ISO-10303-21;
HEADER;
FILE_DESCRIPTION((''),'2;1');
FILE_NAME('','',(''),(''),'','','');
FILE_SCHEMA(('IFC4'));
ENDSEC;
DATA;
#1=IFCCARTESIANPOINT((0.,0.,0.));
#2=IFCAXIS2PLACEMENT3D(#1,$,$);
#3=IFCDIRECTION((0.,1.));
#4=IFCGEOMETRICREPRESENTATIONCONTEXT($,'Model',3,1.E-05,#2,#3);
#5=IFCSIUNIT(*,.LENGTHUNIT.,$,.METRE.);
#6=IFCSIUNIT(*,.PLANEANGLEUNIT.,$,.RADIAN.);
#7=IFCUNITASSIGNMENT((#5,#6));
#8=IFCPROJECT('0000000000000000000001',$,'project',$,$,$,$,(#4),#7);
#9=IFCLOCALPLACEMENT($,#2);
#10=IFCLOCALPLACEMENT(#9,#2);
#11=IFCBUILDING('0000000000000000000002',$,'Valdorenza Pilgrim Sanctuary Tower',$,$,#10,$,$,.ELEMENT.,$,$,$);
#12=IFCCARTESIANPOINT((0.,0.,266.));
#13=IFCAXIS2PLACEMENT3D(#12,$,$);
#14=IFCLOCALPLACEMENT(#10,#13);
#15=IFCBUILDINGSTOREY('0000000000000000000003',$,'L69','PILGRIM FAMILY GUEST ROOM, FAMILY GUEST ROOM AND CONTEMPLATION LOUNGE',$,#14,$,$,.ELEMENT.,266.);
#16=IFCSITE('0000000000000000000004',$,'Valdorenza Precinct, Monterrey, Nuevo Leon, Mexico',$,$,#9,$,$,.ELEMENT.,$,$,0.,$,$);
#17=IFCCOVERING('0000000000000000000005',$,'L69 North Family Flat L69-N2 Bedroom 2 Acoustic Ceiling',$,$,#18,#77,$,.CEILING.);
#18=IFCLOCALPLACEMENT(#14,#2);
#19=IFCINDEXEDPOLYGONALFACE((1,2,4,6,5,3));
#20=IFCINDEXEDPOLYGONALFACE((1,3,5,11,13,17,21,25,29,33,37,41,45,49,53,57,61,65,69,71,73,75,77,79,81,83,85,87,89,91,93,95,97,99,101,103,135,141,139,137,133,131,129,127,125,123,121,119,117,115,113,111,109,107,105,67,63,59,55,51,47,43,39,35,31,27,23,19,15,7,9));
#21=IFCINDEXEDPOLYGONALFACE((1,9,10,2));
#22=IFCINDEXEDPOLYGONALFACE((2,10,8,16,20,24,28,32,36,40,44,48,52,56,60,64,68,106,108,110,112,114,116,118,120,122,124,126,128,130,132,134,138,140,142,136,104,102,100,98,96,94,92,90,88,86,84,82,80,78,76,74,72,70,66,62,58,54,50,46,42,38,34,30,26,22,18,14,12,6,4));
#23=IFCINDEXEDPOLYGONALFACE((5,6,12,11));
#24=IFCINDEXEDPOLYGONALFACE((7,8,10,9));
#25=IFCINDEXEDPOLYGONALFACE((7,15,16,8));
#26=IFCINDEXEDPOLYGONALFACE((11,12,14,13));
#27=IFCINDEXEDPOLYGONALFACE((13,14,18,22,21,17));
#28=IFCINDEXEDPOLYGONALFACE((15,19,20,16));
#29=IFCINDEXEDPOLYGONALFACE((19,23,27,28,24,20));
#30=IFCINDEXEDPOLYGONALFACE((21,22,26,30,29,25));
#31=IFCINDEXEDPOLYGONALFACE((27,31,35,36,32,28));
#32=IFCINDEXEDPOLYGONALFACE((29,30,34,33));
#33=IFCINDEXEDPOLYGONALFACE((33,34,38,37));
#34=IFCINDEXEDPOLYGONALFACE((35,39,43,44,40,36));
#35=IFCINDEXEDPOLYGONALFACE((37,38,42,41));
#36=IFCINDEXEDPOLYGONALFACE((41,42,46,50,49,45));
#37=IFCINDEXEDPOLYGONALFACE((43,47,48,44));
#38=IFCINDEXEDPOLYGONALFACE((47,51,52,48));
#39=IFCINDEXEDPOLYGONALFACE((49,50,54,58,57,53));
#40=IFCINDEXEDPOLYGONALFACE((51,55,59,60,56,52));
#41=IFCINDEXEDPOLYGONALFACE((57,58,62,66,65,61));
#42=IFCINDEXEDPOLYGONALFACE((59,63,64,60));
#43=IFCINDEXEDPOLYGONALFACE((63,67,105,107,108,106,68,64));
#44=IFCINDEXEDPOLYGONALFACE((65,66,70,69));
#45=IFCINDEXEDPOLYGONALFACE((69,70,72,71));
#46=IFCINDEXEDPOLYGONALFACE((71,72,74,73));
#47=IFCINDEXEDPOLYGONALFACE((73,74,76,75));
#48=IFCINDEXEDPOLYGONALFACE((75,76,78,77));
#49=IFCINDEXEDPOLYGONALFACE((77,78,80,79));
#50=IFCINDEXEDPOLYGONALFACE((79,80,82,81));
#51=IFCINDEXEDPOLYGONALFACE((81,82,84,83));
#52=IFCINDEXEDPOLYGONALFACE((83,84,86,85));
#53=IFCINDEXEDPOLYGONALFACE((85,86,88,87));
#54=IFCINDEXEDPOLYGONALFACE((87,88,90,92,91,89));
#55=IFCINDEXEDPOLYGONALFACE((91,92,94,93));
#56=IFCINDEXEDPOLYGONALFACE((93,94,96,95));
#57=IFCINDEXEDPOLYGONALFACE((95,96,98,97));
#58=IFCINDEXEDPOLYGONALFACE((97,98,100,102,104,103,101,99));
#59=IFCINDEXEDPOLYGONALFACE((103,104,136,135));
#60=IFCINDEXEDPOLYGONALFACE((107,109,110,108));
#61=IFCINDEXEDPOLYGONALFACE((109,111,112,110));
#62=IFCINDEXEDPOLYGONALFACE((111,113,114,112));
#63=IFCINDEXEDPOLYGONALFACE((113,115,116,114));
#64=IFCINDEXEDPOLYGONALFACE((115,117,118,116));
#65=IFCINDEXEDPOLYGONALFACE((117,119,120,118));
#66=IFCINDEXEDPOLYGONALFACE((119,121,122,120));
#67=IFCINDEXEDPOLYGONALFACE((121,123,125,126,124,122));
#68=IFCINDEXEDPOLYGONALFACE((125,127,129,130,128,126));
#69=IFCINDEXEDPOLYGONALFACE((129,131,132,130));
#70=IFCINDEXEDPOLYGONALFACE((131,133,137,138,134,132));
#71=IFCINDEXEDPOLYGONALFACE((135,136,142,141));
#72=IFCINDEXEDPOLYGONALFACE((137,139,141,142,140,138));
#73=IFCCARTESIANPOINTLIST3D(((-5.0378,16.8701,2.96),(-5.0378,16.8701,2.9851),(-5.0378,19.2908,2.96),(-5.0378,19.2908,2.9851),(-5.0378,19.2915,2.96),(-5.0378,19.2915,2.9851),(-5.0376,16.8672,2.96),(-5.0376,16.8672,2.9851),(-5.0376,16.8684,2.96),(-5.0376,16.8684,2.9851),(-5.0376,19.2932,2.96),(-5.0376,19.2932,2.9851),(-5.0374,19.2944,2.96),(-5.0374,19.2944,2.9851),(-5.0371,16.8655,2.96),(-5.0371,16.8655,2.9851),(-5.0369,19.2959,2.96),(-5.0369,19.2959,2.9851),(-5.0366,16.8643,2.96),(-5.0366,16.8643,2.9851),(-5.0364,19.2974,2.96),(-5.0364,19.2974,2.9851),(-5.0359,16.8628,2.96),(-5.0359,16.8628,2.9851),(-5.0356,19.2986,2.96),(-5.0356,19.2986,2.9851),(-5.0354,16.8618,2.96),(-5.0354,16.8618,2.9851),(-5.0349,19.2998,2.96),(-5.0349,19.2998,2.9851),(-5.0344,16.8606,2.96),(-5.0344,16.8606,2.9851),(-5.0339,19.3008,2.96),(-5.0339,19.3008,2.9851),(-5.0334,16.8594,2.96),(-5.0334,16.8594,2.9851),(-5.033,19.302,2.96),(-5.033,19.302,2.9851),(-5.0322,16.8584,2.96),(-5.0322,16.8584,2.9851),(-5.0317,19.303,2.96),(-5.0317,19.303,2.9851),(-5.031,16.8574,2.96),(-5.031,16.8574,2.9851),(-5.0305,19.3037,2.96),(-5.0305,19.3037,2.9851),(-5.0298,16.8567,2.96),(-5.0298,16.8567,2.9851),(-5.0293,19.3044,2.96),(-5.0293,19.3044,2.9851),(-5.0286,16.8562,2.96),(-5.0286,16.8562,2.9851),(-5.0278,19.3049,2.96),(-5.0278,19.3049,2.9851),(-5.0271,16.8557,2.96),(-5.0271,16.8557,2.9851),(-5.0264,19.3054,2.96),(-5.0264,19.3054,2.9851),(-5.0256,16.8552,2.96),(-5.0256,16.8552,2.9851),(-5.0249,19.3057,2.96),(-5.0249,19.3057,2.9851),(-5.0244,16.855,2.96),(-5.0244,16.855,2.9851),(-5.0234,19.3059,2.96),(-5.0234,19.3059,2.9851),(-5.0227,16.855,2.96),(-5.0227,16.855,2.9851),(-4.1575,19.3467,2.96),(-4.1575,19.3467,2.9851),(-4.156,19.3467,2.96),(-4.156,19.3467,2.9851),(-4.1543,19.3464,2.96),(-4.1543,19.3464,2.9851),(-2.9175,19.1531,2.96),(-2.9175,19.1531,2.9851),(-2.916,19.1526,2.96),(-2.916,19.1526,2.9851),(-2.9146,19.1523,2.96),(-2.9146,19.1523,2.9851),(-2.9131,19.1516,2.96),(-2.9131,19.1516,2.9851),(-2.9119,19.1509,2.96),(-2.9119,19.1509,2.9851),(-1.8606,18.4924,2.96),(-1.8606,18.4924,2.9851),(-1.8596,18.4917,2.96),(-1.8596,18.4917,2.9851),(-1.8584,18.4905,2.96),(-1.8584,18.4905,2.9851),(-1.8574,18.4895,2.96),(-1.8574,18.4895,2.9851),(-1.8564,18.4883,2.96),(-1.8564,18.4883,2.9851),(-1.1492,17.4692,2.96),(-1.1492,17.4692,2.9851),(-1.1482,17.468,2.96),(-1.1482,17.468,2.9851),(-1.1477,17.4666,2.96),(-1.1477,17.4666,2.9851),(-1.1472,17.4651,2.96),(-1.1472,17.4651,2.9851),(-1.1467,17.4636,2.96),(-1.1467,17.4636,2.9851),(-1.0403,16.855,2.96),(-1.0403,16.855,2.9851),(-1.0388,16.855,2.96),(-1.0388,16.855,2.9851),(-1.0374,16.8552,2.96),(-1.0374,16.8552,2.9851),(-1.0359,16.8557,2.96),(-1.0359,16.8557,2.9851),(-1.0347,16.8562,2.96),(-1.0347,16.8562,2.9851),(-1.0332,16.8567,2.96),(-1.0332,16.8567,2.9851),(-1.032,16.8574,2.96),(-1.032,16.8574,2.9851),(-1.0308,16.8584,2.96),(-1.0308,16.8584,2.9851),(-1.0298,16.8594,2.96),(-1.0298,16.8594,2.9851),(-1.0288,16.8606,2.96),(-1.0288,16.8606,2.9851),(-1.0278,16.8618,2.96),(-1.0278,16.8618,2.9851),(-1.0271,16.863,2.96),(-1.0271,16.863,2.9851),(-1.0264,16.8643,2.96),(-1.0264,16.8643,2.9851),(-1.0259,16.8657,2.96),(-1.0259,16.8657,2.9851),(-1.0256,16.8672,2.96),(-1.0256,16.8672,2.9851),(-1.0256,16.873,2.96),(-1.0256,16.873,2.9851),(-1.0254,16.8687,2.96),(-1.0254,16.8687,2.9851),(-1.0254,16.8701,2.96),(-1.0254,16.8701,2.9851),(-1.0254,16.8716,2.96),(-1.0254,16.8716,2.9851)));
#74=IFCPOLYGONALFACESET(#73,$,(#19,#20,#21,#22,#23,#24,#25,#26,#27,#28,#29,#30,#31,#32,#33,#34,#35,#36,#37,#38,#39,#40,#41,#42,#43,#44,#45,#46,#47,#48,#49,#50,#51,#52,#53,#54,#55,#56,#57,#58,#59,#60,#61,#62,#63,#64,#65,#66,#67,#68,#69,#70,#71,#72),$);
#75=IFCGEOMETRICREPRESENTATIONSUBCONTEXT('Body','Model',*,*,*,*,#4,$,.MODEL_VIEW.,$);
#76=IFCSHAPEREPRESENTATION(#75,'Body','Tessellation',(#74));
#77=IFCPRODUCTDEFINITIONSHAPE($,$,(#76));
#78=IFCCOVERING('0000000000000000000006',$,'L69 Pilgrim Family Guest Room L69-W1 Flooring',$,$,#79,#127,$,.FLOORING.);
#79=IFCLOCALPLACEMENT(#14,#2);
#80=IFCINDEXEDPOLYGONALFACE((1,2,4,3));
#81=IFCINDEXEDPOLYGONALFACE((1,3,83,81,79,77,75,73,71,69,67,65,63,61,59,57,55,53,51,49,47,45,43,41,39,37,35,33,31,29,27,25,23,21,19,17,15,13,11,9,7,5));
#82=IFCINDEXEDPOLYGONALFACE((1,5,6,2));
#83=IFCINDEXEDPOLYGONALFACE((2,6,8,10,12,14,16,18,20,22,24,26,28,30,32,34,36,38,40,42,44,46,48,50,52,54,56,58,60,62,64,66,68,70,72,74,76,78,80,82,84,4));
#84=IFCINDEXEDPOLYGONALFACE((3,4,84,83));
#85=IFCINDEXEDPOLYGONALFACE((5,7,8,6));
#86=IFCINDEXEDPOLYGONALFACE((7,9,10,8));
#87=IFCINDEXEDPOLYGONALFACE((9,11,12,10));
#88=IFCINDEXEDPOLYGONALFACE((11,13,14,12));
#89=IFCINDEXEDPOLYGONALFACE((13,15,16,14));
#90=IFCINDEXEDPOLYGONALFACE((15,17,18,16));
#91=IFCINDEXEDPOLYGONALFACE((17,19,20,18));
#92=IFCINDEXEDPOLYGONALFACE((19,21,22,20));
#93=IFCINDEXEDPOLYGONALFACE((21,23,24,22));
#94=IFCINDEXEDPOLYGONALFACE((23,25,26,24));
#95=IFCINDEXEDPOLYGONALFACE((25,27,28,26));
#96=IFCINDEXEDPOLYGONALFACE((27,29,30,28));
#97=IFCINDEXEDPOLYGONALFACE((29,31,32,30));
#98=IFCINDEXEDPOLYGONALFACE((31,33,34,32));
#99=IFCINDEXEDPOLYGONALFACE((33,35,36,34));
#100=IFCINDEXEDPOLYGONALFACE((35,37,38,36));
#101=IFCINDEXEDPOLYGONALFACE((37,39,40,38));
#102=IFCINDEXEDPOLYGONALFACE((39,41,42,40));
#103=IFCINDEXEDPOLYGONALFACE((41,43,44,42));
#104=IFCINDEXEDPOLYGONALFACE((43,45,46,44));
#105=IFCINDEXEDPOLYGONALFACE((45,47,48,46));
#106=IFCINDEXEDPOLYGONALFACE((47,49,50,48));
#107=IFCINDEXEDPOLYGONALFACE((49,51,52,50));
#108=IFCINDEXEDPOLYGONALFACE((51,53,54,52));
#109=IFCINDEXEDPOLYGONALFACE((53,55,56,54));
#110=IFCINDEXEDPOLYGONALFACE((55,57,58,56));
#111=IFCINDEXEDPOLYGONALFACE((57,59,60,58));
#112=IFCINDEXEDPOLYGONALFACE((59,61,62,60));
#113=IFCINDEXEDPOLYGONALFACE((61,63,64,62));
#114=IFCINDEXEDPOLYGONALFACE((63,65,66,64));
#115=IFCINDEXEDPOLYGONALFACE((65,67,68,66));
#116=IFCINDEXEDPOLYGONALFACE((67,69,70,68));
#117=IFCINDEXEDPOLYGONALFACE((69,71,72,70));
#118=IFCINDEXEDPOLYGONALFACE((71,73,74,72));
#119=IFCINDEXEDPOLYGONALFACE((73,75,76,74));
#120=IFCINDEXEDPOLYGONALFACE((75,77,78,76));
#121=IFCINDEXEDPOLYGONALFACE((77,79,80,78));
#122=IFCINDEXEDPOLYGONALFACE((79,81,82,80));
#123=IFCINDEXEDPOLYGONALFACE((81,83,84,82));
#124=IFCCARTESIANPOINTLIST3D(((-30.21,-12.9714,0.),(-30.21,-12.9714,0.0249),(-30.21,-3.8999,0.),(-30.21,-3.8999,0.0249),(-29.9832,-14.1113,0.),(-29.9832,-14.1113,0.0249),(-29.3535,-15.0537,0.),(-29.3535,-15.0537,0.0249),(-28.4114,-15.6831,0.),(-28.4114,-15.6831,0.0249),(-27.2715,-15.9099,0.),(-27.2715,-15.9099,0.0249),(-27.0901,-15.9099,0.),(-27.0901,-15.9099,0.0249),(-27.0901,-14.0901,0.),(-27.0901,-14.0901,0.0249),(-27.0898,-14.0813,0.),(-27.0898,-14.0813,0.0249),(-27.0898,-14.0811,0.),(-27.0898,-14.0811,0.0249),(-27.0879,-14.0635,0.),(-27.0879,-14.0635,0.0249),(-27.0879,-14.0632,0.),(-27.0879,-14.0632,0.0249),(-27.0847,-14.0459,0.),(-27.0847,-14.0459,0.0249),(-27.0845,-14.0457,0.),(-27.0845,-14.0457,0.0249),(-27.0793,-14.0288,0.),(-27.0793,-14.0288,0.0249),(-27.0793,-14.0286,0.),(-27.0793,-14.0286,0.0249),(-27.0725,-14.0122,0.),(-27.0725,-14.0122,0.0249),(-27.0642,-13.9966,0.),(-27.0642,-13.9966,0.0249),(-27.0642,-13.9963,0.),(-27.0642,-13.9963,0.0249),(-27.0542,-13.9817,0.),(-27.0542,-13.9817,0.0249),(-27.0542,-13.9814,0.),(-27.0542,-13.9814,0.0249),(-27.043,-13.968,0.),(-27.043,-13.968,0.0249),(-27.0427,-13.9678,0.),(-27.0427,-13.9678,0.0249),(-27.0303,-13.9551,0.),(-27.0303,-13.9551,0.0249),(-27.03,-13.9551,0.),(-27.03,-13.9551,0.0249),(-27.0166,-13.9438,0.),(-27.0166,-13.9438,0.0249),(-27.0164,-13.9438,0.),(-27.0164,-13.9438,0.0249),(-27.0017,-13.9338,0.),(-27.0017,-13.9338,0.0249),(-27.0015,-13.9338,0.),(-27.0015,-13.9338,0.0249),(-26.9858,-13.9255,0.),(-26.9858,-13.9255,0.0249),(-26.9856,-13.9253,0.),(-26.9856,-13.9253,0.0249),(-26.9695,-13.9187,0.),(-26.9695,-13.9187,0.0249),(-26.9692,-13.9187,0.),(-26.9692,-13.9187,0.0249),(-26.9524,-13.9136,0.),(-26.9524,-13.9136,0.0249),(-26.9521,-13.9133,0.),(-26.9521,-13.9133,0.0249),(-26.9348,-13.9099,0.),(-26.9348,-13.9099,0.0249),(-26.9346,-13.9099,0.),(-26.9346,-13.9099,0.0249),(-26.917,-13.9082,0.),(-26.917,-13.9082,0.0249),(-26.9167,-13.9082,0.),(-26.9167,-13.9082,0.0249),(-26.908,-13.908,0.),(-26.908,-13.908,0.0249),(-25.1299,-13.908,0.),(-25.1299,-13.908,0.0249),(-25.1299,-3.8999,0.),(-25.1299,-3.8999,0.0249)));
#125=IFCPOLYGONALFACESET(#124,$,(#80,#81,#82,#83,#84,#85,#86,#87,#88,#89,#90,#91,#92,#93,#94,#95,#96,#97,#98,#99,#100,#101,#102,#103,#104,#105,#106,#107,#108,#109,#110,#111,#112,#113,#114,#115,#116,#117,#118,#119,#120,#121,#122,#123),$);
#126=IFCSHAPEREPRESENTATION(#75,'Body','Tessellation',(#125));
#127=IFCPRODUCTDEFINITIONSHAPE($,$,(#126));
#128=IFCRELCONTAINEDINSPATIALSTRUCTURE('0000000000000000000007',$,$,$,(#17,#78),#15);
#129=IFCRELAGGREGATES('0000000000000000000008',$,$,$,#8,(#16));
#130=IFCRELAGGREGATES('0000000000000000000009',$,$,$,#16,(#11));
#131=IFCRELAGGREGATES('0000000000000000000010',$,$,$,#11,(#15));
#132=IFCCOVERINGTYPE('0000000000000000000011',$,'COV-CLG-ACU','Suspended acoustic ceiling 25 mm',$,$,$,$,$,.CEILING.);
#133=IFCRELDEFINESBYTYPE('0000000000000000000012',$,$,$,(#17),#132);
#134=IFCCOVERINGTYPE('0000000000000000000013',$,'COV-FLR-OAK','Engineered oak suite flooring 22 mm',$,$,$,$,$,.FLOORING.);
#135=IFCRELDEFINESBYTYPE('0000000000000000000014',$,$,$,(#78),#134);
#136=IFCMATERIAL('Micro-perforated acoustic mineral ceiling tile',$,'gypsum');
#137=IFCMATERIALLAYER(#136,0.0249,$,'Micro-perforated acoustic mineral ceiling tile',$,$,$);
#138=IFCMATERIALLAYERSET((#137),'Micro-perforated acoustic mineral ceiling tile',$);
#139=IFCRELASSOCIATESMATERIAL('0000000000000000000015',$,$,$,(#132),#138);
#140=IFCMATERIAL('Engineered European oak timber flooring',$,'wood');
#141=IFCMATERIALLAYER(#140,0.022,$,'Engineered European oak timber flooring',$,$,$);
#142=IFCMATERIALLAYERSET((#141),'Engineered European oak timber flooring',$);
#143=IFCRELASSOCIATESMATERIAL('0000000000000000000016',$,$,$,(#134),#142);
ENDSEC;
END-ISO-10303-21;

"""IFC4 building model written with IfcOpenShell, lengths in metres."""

from ifc_helpers import new_model, si_unit, direction, frame, origin, place, context, subcontext, project, spatial, polyline, outline, extrude, material, layer, layer_set, type_object, element, save


model = new_model("IFC4")

# Units and contexts
model_context = context("Model", 3, precision=1e-05, world=origin(), true_north=direction((0.0, 1.0)))
body_context = subcontext(model_context, "Body", "Model", "MODEL_VIEW")
ifc_project = project(units=[si_unit("LENGTHUNIT", "METRE"), si_unit("PLANEANGLEUNIT", "RADIAN")], contexts=[model_context])

# Site, building, storey
site_placement = place(None, origin())
site = spatial("IfcSite", under=ifc_project, at=site_placement, Name="Valdorenza Precinct, Monterrey, Nuevo Leon, Mexico", CompositionType="ELEMENT", RefElevation=0.0)
building_placement = place(site_placement, origin())
building = spatial("IfcBuilding", under=site, at=building_placement, Name="Valdorenza Pilgrim Sanctuary Tower", CompositionType="ELEMENT")
storey_placement = place(building_placement, frame((0.0, 0.0, 266.0)))
storey = spatial("IfcBuildingStorey", under=building, at=storey_placement, Name="L69", Description="PILGRIM FAMILY GUEST ROOM, FAMILY GUEST ROOM AND CONTEMPLATION LOUNGE", CompositionType="ELEMENT", Elevation=266.0)

# Coverings
ifc_material_1 = material(Name="Micro-perforated acoustic mineral ceiling tile", Category="gypsum")
ifc_layer_1 = layer(ifc_material_1, 0.0249, Name="Micro-perforated acoustic mineral ceiling tile")
ifc_layer_set_1 = layer_set([ifc_layer_1], Name="Micro-perforated acoustic mineral ceiling tile")
covering_type_1 = type_object("IfcCoveringType", Name="COV-CLG-ACU", Description="Suspended acoustic ceiling 25 mm", PredefinedType="CEILING", material=ifc_layer_set_1)
covering_1_placement = place(storey_placement, frame((0.0, 0.0, 2.96)))
element("IfcCovering", 1, at=covering_1_placement, inside=storey, type_object=covering_type_1, Name="L69 North Family Flat L69-N2 Bedroom 2 Acoustic Ceiling", PredefinedType="CEILING", context=body_context, shape_type="SweptSolid", body=[
    extrude(outline(polyline([(-5.0378, 19.2908), (-5.0378, 19.2915), (-5.0376, 19.2932), (-5.0374, 19.2944), (-5.0369, 19.2959), (-5.0364, 19.2974), (-5.0356, 19.2986), (-5.0349, 19.2998), (-5.0339, 19.3008), (-5.033, 19.302), (-5.0317, 19.303), (-5.0305, 19.3037), (-5.0293, 19.3044), (-5.0278, 19.3049), (-5.0264, 19.3054), (-5.0249, 19.3057), (-5.0234, 19.3059), (-4.1575, 19.3467), (-4.156, 19.3467), (-4.1543, 19.3464), (-2.9175, 19.1531), (-2.916, 19.1526), (-2.9146, 19.1523), (-2.9131, 19.1516), (-2.9119, 19.1509), (-1.8606, 18.4924), (-1.8596, 18.4917), (-1.8584, 18.4905), (-1.8574, 18.4895), (-1.8564, 18.4883), (-1.1492, 17.4692), (-1.1482, 17.468), (-1.1477, 17.4666), (-1.1472, 17.4651), (-1.1467, 17.4636), (-1.0256, 16.873), (-1.0254, 16.8716), (-1.0254, 16.8701), (-1.0254, 16.8687), (-1.0256, 16.8672), (-1.0259, 16.8657), (-1.0264, 16.8643), (-1.0271, 16.863), (-1.0278, 16.8618), (-1.0288, 16.8606), (-1.0298, 16.8594), (-1.0308, 16.8584), (-1.032, 16.8574), (-1.0332, 16.8567), (-1.0347, 16.8562), (-1.0359, 16.8557), (-1.0374, 16.8552), (-1.0388, 16.855), (-1.0403, 16.855), (-5.0227, 16.855), (-5.0244, 16.855), (-5.0256, 16.8552), (-5.0271, 16.8557), (-5.0286, 16.8562), (-5.0298, 16.8567), (-5.031, 16.8574), (-5.0322, 16.8584), (-5.0334, 16.8594), (-5.0344, 16.8606), (-5.0354, 16.8618), (-5.0359, 16.8628), (-5.0366, 16.8643), (-5.0371, 16.8655), (-5.0376, 16.8672), (-5.0376, 16.8684), (-5.0378, 16.8701), (-5.0378, 19.2908), (-5.0378, 19.2908)])), origin(), (0.0, 0.0, 1.0), 0.0251),
])
ifc_material_2 = material(Name="Engineered European oak timber flooring", Category="wood")
ifc_layer_2 = layer(ifc_material_2, 0.022, Name="Engineered European oak timber flooring")
ifc_layer_set_2 = layer_set([ifc_layer_2], Name="Engineered European oak timber flooring")
covering_type_2 = type_object("IfcCoveringType", Name="COV-FLR-OAK", Description="Engineered oak suite flooring 22 mm", PredefinedType="FLOORING", material=ifc_layer_set_2)
covering_2_placement = place(storey_placement, origin())
element("IfcCovering", 2, at=covering_2_placement, inside=storey, type_object=covering_type_2, Name="L69 Pilgrim Family Guest Room L69-W1 Flooring", PredefinedType="FLOORING", context=body_context, shape_type="SweptSolid", body=[
    extrude(outline(polyline([(-30.21, -3.8999), (-25.1299, -3.8999), (-25.1299, -13.908), (-26.908, -13.908), (-26.9167, -13.9082), (-26.917, -13.9082), (-26.9346, -13.9099), (-26.9348, -13.9099), (-26.9521, -13.9133), (-26.9524, -13.9136), (-26.9692, -13.9187), (-26.9695, -13.9187), (-26.9856, -13.9253), (-26.9858, -13.9255), (-27.0015, -13.9338), (-27.0017, -13.9338), (-27.0164, -13.9438), (-27.0166, -13.9438), (-27.03, -13.9551), (-27.0303, -13.9551), (-27.0427, -13.9678), (-27.043, -13.968), (-27.0542, -13.9814), (-27.0542, -13.9817), (-27.0642, -13.9963), (-27.0642, -13.9966), (-27.0725, -14.0122), (-27.0725, -14.0122), (-27.0793, -14.0286), (-27.0793, -14.0288), (-27.0845, -14.0457), (-27.0847, -14.0459), (-27.0879, -14.0632), (-27.0879, -14.0635), (-27.0898, -14.0811), (-27.0898, -14.0813), (-27.0901, -14.0901), (-27.0901, -15.9099), (-27.2715, -15.9099), (-28.4114, -15.6831), (-29.3535, -15.0537), (-29.9832, -14.1113), (-30.21, -12.9714), (-30.21, -3.8999)])), origin(), (0.0, 0.0, 1.0), 0.0249),
])

save(model, "model.ifc")
